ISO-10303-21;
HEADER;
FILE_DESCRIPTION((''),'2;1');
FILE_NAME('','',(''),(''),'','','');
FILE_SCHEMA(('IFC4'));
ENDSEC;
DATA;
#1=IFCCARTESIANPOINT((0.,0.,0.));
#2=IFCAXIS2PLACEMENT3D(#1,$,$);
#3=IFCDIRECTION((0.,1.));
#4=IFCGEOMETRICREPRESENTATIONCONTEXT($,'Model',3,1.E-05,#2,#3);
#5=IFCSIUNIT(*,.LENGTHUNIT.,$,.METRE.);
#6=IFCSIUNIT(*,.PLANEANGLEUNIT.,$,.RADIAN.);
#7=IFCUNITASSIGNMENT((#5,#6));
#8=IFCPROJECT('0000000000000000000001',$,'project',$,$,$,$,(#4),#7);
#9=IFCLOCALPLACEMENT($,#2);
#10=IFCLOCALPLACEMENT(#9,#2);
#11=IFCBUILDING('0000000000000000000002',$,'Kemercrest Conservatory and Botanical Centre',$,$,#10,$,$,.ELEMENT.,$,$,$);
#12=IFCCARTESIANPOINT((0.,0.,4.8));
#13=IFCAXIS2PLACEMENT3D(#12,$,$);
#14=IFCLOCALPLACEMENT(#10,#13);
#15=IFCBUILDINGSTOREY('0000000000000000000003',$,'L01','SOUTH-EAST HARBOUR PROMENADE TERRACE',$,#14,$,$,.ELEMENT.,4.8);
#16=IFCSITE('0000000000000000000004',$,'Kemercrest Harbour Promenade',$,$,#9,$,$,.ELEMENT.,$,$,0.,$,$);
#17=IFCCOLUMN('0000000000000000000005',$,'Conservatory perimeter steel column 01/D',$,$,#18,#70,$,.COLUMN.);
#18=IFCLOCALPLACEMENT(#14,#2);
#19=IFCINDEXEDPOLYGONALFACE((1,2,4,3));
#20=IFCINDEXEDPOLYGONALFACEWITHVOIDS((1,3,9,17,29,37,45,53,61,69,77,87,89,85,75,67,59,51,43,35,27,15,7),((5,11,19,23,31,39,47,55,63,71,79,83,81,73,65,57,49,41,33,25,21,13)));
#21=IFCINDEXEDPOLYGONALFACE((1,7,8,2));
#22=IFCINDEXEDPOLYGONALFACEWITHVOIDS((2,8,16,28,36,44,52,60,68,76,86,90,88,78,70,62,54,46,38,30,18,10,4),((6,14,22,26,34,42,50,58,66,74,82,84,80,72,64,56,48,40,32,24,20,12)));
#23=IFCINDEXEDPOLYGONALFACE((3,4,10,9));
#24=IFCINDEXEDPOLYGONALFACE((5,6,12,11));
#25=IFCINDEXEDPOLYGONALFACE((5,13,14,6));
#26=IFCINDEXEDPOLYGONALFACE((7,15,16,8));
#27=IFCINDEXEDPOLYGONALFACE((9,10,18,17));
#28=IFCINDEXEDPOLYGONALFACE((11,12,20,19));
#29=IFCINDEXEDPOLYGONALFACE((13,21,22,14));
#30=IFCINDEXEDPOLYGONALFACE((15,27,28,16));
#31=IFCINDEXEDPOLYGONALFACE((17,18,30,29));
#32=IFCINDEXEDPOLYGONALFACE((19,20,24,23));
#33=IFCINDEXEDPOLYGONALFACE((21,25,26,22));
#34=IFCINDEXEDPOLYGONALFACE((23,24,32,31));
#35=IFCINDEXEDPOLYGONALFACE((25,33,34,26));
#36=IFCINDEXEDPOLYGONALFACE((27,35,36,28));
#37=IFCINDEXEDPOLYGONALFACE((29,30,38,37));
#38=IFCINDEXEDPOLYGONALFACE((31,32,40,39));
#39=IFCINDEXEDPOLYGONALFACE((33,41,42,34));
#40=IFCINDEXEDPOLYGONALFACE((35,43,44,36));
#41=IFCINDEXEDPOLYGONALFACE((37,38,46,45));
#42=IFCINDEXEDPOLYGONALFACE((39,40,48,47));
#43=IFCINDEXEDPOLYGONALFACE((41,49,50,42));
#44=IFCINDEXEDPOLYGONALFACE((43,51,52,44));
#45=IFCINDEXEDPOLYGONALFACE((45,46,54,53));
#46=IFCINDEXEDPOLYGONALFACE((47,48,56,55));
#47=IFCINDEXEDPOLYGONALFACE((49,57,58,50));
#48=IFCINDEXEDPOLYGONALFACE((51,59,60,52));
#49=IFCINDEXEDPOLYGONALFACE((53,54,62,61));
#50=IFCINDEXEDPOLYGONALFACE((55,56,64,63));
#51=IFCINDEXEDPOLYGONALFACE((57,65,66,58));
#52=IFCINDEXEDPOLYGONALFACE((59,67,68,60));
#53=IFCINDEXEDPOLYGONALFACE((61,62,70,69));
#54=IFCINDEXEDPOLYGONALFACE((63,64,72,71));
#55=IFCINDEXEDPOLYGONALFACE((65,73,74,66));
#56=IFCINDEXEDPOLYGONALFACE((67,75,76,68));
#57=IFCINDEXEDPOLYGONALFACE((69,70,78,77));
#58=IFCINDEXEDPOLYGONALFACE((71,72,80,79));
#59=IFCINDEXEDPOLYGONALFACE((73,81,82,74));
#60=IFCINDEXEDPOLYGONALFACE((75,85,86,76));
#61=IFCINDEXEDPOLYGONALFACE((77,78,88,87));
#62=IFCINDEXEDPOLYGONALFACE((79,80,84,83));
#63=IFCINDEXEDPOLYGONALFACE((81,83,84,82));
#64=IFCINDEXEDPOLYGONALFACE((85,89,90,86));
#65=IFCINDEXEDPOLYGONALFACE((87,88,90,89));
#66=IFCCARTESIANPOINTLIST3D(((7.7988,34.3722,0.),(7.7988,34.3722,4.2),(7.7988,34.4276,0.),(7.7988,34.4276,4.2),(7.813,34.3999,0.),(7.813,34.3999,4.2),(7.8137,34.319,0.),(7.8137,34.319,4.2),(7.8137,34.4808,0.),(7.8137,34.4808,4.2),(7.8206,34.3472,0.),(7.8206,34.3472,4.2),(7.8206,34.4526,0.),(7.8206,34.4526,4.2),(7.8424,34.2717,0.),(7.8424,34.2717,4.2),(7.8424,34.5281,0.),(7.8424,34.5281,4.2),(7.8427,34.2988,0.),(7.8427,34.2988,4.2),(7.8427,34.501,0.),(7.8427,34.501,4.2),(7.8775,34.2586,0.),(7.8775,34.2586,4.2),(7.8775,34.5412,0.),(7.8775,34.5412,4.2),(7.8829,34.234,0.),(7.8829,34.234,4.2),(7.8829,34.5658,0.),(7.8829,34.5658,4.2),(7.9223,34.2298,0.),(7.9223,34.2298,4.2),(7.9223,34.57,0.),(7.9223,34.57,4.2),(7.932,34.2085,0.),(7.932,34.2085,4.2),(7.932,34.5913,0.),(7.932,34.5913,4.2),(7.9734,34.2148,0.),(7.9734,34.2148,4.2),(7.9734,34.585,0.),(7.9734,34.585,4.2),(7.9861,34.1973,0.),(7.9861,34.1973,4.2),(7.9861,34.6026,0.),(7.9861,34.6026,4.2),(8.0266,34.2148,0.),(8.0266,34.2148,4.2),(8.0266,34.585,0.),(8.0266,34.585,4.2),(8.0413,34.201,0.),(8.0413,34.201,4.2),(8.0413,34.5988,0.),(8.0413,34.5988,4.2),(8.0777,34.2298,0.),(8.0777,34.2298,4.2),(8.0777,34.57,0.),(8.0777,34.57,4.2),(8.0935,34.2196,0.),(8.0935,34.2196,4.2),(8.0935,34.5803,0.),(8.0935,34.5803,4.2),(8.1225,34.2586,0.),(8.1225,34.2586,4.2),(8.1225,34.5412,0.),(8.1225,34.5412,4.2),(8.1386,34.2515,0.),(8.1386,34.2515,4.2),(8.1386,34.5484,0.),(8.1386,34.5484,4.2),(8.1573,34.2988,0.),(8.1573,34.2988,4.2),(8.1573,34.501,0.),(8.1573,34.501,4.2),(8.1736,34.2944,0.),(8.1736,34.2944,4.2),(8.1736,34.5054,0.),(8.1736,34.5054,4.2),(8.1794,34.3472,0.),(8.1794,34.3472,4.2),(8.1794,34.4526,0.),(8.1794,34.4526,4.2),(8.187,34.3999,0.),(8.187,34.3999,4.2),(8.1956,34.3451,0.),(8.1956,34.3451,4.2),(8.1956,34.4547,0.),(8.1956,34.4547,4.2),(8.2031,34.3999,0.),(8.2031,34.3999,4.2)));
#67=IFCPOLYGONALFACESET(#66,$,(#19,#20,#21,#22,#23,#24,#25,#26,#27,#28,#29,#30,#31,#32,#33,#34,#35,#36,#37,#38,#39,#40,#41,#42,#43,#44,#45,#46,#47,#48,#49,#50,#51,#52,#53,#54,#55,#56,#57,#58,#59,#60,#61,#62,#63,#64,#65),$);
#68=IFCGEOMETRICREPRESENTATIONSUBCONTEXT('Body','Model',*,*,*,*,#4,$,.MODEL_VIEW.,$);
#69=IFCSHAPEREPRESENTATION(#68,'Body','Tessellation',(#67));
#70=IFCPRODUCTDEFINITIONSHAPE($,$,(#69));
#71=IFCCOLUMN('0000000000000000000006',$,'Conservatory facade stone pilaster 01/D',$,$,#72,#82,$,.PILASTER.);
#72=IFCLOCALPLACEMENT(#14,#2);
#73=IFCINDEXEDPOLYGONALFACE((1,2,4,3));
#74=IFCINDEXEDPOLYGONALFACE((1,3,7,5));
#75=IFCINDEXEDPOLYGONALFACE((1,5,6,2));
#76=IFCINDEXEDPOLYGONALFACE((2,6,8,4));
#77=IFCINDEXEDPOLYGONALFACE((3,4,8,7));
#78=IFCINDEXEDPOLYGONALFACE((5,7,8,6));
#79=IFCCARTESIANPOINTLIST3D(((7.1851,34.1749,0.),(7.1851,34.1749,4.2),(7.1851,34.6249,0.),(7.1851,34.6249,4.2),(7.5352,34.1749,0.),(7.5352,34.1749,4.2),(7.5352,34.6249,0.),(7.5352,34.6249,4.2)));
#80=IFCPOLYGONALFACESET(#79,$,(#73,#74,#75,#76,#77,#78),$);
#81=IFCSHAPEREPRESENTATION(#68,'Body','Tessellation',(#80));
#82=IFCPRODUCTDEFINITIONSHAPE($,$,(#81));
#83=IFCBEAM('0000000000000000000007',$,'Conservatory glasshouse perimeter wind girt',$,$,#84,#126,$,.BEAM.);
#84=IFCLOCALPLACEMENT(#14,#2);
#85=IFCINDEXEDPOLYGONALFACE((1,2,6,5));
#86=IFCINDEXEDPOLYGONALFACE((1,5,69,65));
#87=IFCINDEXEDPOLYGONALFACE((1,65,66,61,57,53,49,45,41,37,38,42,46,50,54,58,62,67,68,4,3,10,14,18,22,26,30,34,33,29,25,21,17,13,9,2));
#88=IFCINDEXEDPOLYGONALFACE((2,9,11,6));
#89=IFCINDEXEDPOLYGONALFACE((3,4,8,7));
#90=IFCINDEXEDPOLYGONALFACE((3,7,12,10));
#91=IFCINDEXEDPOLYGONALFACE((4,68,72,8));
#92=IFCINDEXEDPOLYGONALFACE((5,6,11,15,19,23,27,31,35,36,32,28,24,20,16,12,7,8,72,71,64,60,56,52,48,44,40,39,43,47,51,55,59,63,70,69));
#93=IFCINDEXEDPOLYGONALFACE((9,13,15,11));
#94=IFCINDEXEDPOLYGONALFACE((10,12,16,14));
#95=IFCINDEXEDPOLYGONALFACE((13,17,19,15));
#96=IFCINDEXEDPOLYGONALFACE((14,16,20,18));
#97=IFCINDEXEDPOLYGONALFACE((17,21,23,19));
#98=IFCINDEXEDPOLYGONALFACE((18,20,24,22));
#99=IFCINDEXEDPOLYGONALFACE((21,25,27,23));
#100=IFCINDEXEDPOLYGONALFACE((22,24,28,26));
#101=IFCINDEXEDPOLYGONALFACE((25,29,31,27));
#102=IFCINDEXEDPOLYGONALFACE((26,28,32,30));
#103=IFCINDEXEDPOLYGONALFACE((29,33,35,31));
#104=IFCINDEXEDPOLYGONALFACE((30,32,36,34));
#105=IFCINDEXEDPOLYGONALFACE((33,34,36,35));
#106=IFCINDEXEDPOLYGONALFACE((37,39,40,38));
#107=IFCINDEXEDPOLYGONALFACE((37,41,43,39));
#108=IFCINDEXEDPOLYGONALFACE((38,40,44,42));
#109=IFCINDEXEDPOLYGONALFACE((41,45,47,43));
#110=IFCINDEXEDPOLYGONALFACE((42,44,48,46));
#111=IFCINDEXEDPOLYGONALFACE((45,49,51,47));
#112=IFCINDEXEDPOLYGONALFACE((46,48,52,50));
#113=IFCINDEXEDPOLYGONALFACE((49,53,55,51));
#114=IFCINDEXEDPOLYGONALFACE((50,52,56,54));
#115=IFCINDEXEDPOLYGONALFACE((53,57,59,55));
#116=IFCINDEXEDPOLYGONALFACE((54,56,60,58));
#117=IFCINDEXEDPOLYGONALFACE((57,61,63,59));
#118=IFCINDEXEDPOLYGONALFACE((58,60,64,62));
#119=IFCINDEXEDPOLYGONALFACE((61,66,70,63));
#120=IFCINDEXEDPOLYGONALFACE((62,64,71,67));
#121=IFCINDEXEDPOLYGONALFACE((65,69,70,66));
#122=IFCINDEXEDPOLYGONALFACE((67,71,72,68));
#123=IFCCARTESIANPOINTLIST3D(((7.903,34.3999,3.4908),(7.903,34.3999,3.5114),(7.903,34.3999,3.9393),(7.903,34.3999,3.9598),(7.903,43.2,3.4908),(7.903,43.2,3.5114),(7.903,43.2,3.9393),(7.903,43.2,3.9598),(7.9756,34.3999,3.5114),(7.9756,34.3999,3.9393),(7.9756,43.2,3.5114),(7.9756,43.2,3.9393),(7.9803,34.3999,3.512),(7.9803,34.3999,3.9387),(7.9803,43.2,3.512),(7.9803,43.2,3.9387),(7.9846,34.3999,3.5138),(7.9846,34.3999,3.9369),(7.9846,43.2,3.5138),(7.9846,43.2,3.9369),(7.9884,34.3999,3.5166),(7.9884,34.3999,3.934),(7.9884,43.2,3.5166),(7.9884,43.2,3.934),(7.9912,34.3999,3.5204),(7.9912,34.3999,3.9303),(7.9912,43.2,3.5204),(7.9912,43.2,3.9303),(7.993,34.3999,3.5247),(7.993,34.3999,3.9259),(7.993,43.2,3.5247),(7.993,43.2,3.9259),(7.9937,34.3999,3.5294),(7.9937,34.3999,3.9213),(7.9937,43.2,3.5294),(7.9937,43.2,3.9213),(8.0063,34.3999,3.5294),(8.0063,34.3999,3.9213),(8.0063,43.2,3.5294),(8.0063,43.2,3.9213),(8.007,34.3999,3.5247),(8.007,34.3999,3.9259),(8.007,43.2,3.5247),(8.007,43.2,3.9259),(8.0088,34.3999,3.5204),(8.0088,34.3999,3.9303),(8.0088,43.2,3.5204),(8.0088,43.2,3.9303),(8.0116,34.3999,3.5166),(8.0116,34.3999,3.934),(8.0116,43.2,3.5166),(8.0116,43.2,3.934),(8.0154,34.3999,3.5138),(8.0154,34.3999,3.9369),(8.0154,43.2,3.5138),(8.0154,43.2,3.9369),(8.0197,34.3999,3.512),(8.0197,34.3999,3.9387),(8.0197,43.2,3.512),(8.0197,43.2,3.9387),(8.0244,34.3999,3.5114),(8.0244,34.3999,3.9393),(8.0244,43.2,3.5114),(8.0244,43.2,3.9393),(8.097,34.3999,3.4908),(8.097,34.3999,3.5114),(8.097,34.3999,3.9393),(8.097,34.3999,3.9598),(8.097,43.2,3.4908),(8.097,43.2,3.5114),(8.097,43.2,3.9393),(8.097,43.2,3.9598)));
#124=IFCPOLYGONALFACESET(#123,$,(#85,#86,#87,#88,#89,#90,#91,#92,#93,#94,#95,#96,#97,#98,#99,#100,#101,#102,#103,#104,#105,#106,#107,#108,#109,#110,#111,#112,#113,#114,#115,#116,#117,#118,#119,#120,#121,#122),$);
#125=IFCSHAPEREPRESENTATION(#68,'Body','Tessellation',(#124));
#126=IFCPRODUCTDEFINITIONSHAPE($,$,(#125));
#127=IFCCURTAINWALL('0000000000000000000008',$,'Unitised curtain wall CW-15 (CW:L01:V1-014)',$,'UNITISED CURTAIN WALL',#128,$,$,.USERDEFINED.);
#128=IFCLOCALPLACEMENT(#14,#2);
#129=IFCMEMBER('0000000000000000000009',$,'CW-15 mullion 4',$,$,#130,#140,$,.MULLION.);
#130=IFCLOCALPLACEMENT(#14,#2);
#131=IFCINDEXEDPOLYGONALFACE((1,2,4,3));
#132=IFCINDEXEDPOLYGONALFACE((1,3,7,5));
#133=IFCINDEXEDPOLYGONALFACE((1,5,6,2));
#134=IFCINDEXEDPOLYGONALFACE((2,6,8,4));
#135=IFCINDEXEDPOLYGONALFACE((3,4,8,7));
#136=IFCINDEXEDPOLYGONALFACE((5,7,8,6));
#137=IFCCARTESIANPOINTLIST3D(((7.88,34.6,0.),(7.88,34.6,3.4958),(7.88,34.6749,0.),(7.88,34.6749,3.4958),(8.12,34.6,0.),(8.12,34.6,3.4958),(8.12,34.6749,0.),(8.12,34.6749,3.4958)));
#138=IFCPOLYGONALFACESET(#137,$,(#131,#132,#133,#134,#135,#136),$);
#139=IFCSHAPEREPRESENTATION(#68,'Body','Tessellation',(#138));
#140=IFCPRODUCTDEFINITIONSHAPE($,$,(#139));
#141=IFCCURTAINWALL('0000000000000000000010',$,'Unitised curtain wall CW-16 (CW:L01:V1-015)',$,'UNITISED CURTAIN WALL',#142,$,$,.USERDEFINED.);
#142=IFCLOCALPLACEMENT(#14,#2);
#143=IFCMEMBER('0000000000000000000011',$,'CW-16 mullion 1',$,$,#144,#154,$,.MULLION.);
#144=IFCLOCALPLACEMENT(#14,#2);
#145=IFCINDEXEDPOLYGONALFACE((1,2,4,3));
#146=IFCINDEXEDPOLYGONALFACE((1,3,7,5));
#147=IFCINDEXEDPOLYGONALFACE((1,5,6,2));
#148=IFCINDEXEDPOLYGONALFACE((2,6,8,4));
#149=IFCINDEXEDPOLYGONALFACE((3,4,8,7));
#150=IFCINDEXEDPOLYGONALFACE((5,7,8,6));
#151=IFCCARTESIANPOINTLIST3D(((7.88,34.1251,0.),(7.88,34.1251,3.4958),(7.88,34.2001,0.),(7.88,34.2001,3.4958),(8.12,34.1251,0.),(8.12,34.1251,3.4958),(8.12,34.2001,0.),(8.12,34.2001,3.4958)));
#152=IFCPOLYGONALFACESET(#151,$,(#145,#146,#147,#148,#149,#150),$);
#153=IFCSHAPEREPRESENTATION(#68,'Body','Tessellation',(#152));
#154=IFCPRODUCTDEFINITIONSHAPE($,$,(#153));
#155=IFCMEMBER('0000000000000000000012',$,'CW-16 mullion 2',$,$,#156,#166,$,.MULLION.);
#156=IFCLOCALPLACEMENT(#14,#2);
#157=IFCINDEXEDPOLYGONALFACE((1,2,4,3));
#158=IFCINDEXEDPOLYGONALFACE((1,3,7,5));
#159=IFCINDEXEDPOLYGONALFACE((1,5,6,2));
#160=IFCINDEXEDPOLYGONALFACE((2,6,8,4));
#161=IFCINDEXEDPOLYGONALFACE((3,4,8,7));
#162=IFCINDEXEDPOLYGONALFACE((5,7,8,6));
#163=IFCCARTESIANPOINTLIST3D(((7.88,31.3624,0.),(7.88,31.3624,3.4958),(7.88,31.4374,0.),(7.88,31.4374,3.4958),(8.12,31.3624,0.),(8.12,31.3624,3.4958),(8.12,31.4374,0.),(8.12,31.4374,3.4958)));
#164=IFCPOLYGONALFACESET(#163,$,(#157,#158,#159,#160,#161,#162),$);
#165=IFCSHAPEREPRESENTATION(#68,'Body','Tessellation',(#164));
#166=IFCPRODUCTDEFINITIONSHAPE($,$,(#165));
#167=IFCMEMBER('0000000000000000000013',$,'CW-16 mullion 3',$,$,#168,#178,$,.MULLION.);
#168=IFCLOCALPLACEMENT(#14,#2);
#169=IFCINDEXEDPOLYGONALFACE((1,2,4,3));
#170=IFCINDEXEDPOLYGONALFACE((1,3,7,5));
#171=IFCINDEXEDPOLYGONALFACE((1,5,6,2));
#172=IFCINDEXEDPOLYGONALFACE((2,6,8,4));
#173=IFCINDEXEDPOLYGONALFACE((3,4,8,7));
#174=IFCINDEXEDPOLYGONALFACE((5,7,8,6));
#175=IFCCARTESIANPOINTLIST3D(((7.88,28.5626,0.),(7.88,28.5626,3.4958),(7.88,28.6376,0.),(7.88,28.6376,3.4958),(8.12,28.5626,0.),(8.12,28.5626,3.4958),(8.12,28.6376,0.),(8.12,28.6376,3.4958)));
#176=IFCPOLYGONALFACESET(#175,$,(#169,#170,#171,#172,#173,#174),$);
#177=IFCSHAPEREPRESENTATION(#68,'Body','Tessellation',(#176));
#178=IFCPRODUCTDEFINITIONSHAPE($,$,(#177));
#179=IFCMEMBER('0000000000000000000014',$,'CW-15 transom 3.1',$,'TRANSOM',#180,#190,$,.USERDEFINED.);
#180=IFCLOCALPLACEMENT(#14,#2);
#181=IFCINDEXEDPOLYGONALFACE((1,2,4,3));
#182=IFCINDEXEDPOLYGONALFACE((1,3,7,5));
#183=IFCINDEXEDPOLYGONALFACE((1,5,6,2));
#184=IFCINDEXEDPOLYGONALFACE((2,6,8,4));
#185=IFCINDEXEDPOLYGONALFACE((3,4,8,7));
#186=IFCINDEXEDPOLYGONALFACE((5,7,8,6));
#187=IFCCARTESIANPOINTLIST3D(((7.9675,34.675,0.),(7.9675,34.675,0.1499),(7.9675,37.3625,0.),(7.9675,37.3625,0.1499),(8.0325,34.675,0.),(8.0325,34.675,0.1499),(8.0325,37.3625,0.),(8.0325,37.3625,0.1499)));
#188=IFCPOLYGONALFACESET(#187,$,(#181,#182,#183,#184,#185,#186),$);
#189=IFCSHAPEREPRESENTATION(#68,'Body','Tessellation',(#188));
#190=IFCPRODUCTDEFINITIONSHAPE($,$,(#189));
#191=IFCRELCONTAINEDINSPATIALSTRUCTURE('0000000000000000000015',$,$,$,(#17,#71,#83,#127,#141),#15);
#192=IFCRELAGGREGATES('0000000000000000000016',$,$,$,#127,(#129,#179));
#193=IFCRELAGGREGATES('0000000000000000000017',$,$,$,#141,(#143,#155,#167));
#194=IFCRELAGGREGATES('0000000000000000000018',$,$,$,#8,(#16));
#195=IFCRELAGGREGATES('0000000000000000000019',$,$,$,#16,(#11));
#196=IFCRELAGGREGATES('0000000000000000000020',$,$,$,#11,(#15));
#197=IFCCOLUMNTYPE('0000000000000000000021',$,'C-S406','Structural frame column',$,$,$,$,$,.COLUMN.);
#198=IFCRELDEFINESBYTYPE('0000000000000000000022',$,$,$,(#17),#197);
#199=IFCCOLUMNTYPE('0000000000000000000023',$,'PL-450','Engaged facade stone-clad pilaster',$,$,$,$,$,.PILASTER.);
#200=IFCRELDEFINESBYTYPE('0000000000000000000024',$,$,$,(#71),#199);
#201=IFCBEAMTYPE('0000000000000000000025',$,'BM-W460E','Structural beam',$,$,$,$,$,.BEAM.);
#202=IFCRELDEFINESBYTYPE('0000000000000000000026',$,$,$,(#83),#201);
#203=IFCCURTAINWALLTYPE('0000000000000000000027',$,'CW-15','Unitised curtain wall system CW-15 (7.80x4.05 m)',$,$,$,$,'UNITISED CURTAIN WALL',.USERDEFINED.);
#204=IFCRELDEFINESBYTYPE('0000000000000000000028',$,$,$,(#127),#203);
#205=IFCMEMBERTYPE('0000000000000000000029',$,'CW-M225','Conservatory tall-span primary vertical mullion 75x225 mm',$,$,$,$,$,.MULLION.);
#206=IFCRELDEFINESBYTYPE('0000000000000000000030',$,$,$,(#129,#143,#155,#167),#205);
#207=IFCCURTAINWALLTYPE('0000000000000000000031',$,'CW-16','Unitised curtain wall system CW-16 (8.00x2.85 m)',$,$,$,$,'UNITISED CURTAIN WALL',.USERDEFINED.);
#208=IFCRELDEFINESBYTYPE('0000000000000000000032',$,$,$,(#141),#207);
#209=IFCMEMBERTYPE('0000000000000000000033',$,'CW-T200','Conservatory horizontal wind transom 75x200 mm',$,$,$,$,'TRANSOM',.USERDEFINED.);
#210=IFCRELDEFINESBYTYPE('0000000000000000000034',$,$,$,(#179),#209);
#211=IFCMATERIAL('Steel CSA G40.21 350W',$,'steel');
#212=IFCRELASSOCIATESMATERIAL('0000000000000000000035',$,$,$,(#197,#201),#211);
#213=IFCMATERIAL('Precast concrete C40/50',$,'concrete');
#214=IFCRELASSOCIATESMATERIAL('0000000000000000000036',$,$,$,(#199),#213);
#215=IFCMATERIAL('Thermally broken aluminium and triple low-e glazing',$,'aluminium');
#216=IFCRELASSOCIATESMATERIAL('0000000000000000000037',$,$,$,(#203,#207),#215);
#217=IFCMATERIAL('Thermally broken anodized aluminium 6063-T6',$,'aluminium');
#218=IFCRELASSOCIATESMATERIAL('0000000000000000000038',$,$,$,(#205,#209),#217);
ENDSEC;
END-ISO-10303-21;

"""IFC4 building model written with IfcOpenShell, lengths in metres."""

from ifc_helpers import new_model, si_unit, direction, frame, origin, origin_2d, place, context, subcontext, project, spatial, rectangle, hollow_circle, i_section, extrude, material, material_profile, profile_set, type_object, element, aggregate, save


model = new_model("IFC4")

# Units and contexts
model_context = context("Model", 3, precision=1e-05, world=origin(), true_north=direction((0.0, 1.0)))
body_context = subcontext(model_context, "Body", "Model", "MODEL_VIEW")
ifc_project = project(units=[si_unit("LENGTHUNIT", "METRE"), si_unit("PLANEANGLEUNIT", "RADIAN")], contexts=[model_context])

# Site, building, storey
site_placement = place(None, origin())
site = spatial("IfcSite", under=ifc_project, at=site_placement, Name="Kemercrest Harbour Promenade", CompositionType="ELEMENT", RefElevation=0.0)
building_placement = place(site_placement, origin())
building = spatial("IfcBuilding", under=site, at=building_placement, Name="Kemercrest Conservatory and Botanical Centre", CompositionType="ELEMENT")
storey_placement = place(building_placement, frame((0.0, 0.0, 4.8)))
storey = spatial("IfcBuildingStorey", under=building, at=storey_placement, Name="L01", Description="SOUTH-EAST HARBOUR PROMENADE TERRACE", CompositionType="ELEMENT", Elevation=4.8)

# Columns
ifc_material_1 = material(Name="Steel CSA G40.21 350W", Category="steel")
ifc_material_profile_1 = material_profile(ifc_material_1, hollow_circle(Radius=0.2031, WallThickness=0.0161, at=origin_2d()), Name="CHS 406.4x16.0")
ifc_profile_set_1 = profile_set([ifc_material_profile_1], Name="Steel CSA G40.21 350W")
column_type_1 = type_object("IfcColumnType", Name="C-S406", Description="Structural frame column", PredefinedType="COLUMN", material=ifc_profile_set_1)
column_1_placement = place(storey_placement, frame((8.0, 34.3999, 0.0), z_axis=(0.0, 0.0, 1.0), x_axis=(1.0, 0.0, 0.0)))
element("IfcColumn", 1, at=column_1_placement, inside=storey, type_object=column_type_1, Name="Conservatory perimeter steel column 01/D", PredefinedType="COLUMN", context=body_context, shape_type="SweptSolid", body=[
    extrude(hollow_circle(Radius=0.2031, WallThickness=0.0161, at=origin_2d()), origin(), (0.0, 0.0, 1.0), 4.2),
])
ifc_material_2 = material(Name="Precast concrete C40/50", Category="concrete")
ifc_material_profile_2 = material_profile(ifc_material_2, rectangle(XDim=0.3501, YDim=0.45, at=origin_2d()), Name="RC 450x350")
ifc_profile_set_2 = profile_set([ifc_material_profile_2], Name="Precast concrete C40/50")
column_type_2 = type_object("IfcColumnType", Name="PL-450", Description="Engaged facade stone-clad pilaster", PredefinedType="PILASTER", material=ifc_profile_set_2)
column_2_placement = place(storey_placement, frame((7.3601, 34.3999, 0.0), z_axis=(0.0, 0.0, 1.0), x_axis=(1.0, 0.0, 0.0)))
element("IfcColumn", 2, at=column_2_placement, inside=storey, type_object=column_type_2, Name="Conservatory facade stone pilaster 01/D", PredefinedType="PILASTER", context=body_context, shape_type="SweptSolid", body=[
    extrude(rectangle(XDim=0.3501, YDim=0.45, at=origin_2d()), origin(), (0.0, 0.0, 1.0), 4.2),
])

# Beam
ifc_material_profile_3 = material_profile(ifc_material_1, i_section(OverallWidth=0.1941, OverallDepth=0.469, WebThickness=0.0127, FlangeThickness=0.0205, FilletRadius=0.0181, at=origin_2d()), Name="W460X106")
ifc_profile_set_3 = profile_set([ifc_material_profile_3], Name="Steel CSA G40.21 350W")
beam_type = type_object("IfcBeamType", Name="BM-W460E", Description="Structural beam", PredefinedType="BEAM", material=ifc_profile_set_3)
beam_placement = place(storey_placement, frame((8.0, 34.3999, 3.7253), z_axis=(0.0, 1.0, 0.0), x_axis=(-1.0, 0.0, 0.0)))
element("IfcBeam", 3, at=beam_placement, inside=storey, type_object=beam_type, Name="Conservatory glasshouse perimeter wind girt", PredefinedType="BEAM", context=body_context, shape_type="SweptSolid", body=[
    extrude(i_section(OverallWidth=0.1941, OverallDepth=0.469, WebThickness=0.0127, FlangeThickness=0.0205, FilletRadius=0.0181, at=origin_2d()), origin(), (0.0, 0.0, 1.0), 8.8),
])

# Curtain wall, member
ifc_material_3 = material(Name="Thermally broken aluminium and triple low-e glazing", Category="aluminium")
curtain_wall_type_1 = type_object("IfcCurtainWallType", Name="CW-15", Description="Unitised curtain wall system CW-15 (7.80x4.05 m)", ElementType="UNITISED CURTAIN WALL", PredefinedType="USERDEFINED", material=ifc_material_3)
curtain_wall_1_placement = place(storey_placement, origin())
curtain_wall_1 = element("IfcCurtainWall", 4, at=curtain_wall_1_placement, inside=storey, type_object=curtain_wall_type_1, Name="Unitised curtain wall CW-15 (CW:L01:V1-014)", ObjectType="UNITISED CURTAIN WALL", PredefinedType="USERDEFINED")
ifc_material_4 = material(Name="Thermally broken anodized aluminium 6063-T6", Category="aluminium")
ifc_material_profile_4 = material_profile(ifc_material_4, rectangle(XDim=0.24, YDim=0.075, at=origin_2d()), Name="AL MULLION 75x240")
ifc_profile_set_4 = profile_set([ifc_material_profile_4], Name="Thermally broken anodized aluminium 6063-T6")
member_type_1 = type_object("IfcMemberType", Name="CW-M225", Description="Conservatory tall-span primary vertical mullion 75x225 mm", PredefinedType="MULLION", material=ifc_profile_set_4)
member_1_placement = place(storey_placement, frame((8.0, 34.6375, 0.0), z_axis=(0.0, 0.0, 1.0), x_axis=(1.0, 0.0, 0.0)))
member_1 = element("IfcMember", 5, at=member_1_placement, type_object=member_type_1, Name="CW-15 mullion 4", PredefinedType="MULLION", context=body_context, shape_type="SweptSolid", body=[
    extrude(rectangle(XDim=0.24, YDim=0.075, at=origin_2d()), origin(), (0.0, 0.0, 1.0), 3.4958),
])

# Curtain wall, members
curtain_wall_type_2 = type_object("IfcCurtainWallType", Name="CW-16", Description="Unitised curtain wall system CW-16 (8.00x2.85 m)", ElementType="UNITISED CURTAIN WALL", PredefinedType="USERDEFINED", material=ifc_material_3)
curtain_wall_2_placement = place(storey_placement, origin())
curtain_wall_2 = element("IfcCurtainWall", 6, at=curtain_wall_2_placement, inside=storey, type_object=curtain_wall_type_2, Name="Unitised curtain wall CW-16 (CW:L01:V1-015)", ObjectType="UNITISED CURTAIN WALL", PredefinedType="USERDEFINED")
member_2_placement = place(storey_placement, frame((8.0, 34.1626, 0.0), z_axis=(0.0, 0.0, 1.0), x_axis=(1.0, 0.0, 0.0)))
member_2 = element("IfcMember", 7, at=member_2_placement, type_object=member_type_1, Name="CW-16 mullion 1", PredefinedType="MULLION", context=body_context, shape_type="SweptSolid", body=[
    extrude(rectangle(XDim=0.24, YDim=0.075, at=origin_2d()), origin(), (0.0, 0.0, 1.0), 3.4958),
])
member_3_placement = place(storey_placement, frame((8.0, 31.3999, 0.0), z_axis=(0.0, 0.0, 1.0), x_axis=(1.0, 0.0, 0.0)))
member_3 = element("IfcMember", 8, at=member_3_placement, type_object=member_type_1, Name="CW-16 mullion 2", PredefinedType="MULLION", context=body_context, shape_type="SweptSolid", body=[
    extrude(rectangle(XDim=0.24, YDim=0.075, at=origin_2d()), origin(), (0.0, 0.0, 1.0), 3.4958),
])
member_4_placement = place(storey_placement, frame((8.0, 28.6001, 0.0), z_axis=(0.0, 0.0, 1.0), x_axis=(1.0, 0.0, 0.0)))
member_4 = element("IfcMember", 9, at=member_4_placement, type_object=member_type_1, Name="CW-16 mullion 3", PredefinedType="MULLION", context=body_context, shape_type="SweptSolid", body=[
    extrude(rectangle(XDim=0.24, YDim=0.075, at=origin_2d()), origin(), (0.0, 0.0, 1.0), 3.4958),
])

# Member
ifc_material_profile_5 = material_profile(ifc_material_4, rectangle(XDim=0.0649, YDim=0.1499, at=origin_2d()), Name="AL TRANSOM 65x150")
ifc_profile_set_5 = profile_set([ifc_material_profile_5], Name="Thermally broken anodized aluminium 6063-T6")
member_type_2 = type_object("IfcMemberType", Name="CW-T200", Description="Conservatory horizontal wind transom 75x200 mm", ElementType="TRANSOM", PredefinedType="USERDEFINED", material=ifc_profile_set_5)
member_5_placement = place(storey_placement, frame((8.0, 37.3625, 0.075), z_axis=(0.0, -1.0, 0.0), x_axis=(1.0, 0.0, 0.0)))
member_5 = element("IfcMember", 10, at=member_5_placement, type_object=member_type_2, Name="CW-15 transom 3.1", ObjectType="TRANSOM", PredefinedType="USERDEFINED", context=body_context, shape_type="SweptSolid", body=[
    extrude(rectangle(XDim=0.0649, YDim=0.1499, at=origin_2d()), origin(), (0.0, 0.0, 1.0), 2.6875),
])

aggregate(curtain_wall_1, [member_1, member_5])
aggregate(curtain_wall_2, [member_2, member_3, member_4])

save(model, "model.ifc")
